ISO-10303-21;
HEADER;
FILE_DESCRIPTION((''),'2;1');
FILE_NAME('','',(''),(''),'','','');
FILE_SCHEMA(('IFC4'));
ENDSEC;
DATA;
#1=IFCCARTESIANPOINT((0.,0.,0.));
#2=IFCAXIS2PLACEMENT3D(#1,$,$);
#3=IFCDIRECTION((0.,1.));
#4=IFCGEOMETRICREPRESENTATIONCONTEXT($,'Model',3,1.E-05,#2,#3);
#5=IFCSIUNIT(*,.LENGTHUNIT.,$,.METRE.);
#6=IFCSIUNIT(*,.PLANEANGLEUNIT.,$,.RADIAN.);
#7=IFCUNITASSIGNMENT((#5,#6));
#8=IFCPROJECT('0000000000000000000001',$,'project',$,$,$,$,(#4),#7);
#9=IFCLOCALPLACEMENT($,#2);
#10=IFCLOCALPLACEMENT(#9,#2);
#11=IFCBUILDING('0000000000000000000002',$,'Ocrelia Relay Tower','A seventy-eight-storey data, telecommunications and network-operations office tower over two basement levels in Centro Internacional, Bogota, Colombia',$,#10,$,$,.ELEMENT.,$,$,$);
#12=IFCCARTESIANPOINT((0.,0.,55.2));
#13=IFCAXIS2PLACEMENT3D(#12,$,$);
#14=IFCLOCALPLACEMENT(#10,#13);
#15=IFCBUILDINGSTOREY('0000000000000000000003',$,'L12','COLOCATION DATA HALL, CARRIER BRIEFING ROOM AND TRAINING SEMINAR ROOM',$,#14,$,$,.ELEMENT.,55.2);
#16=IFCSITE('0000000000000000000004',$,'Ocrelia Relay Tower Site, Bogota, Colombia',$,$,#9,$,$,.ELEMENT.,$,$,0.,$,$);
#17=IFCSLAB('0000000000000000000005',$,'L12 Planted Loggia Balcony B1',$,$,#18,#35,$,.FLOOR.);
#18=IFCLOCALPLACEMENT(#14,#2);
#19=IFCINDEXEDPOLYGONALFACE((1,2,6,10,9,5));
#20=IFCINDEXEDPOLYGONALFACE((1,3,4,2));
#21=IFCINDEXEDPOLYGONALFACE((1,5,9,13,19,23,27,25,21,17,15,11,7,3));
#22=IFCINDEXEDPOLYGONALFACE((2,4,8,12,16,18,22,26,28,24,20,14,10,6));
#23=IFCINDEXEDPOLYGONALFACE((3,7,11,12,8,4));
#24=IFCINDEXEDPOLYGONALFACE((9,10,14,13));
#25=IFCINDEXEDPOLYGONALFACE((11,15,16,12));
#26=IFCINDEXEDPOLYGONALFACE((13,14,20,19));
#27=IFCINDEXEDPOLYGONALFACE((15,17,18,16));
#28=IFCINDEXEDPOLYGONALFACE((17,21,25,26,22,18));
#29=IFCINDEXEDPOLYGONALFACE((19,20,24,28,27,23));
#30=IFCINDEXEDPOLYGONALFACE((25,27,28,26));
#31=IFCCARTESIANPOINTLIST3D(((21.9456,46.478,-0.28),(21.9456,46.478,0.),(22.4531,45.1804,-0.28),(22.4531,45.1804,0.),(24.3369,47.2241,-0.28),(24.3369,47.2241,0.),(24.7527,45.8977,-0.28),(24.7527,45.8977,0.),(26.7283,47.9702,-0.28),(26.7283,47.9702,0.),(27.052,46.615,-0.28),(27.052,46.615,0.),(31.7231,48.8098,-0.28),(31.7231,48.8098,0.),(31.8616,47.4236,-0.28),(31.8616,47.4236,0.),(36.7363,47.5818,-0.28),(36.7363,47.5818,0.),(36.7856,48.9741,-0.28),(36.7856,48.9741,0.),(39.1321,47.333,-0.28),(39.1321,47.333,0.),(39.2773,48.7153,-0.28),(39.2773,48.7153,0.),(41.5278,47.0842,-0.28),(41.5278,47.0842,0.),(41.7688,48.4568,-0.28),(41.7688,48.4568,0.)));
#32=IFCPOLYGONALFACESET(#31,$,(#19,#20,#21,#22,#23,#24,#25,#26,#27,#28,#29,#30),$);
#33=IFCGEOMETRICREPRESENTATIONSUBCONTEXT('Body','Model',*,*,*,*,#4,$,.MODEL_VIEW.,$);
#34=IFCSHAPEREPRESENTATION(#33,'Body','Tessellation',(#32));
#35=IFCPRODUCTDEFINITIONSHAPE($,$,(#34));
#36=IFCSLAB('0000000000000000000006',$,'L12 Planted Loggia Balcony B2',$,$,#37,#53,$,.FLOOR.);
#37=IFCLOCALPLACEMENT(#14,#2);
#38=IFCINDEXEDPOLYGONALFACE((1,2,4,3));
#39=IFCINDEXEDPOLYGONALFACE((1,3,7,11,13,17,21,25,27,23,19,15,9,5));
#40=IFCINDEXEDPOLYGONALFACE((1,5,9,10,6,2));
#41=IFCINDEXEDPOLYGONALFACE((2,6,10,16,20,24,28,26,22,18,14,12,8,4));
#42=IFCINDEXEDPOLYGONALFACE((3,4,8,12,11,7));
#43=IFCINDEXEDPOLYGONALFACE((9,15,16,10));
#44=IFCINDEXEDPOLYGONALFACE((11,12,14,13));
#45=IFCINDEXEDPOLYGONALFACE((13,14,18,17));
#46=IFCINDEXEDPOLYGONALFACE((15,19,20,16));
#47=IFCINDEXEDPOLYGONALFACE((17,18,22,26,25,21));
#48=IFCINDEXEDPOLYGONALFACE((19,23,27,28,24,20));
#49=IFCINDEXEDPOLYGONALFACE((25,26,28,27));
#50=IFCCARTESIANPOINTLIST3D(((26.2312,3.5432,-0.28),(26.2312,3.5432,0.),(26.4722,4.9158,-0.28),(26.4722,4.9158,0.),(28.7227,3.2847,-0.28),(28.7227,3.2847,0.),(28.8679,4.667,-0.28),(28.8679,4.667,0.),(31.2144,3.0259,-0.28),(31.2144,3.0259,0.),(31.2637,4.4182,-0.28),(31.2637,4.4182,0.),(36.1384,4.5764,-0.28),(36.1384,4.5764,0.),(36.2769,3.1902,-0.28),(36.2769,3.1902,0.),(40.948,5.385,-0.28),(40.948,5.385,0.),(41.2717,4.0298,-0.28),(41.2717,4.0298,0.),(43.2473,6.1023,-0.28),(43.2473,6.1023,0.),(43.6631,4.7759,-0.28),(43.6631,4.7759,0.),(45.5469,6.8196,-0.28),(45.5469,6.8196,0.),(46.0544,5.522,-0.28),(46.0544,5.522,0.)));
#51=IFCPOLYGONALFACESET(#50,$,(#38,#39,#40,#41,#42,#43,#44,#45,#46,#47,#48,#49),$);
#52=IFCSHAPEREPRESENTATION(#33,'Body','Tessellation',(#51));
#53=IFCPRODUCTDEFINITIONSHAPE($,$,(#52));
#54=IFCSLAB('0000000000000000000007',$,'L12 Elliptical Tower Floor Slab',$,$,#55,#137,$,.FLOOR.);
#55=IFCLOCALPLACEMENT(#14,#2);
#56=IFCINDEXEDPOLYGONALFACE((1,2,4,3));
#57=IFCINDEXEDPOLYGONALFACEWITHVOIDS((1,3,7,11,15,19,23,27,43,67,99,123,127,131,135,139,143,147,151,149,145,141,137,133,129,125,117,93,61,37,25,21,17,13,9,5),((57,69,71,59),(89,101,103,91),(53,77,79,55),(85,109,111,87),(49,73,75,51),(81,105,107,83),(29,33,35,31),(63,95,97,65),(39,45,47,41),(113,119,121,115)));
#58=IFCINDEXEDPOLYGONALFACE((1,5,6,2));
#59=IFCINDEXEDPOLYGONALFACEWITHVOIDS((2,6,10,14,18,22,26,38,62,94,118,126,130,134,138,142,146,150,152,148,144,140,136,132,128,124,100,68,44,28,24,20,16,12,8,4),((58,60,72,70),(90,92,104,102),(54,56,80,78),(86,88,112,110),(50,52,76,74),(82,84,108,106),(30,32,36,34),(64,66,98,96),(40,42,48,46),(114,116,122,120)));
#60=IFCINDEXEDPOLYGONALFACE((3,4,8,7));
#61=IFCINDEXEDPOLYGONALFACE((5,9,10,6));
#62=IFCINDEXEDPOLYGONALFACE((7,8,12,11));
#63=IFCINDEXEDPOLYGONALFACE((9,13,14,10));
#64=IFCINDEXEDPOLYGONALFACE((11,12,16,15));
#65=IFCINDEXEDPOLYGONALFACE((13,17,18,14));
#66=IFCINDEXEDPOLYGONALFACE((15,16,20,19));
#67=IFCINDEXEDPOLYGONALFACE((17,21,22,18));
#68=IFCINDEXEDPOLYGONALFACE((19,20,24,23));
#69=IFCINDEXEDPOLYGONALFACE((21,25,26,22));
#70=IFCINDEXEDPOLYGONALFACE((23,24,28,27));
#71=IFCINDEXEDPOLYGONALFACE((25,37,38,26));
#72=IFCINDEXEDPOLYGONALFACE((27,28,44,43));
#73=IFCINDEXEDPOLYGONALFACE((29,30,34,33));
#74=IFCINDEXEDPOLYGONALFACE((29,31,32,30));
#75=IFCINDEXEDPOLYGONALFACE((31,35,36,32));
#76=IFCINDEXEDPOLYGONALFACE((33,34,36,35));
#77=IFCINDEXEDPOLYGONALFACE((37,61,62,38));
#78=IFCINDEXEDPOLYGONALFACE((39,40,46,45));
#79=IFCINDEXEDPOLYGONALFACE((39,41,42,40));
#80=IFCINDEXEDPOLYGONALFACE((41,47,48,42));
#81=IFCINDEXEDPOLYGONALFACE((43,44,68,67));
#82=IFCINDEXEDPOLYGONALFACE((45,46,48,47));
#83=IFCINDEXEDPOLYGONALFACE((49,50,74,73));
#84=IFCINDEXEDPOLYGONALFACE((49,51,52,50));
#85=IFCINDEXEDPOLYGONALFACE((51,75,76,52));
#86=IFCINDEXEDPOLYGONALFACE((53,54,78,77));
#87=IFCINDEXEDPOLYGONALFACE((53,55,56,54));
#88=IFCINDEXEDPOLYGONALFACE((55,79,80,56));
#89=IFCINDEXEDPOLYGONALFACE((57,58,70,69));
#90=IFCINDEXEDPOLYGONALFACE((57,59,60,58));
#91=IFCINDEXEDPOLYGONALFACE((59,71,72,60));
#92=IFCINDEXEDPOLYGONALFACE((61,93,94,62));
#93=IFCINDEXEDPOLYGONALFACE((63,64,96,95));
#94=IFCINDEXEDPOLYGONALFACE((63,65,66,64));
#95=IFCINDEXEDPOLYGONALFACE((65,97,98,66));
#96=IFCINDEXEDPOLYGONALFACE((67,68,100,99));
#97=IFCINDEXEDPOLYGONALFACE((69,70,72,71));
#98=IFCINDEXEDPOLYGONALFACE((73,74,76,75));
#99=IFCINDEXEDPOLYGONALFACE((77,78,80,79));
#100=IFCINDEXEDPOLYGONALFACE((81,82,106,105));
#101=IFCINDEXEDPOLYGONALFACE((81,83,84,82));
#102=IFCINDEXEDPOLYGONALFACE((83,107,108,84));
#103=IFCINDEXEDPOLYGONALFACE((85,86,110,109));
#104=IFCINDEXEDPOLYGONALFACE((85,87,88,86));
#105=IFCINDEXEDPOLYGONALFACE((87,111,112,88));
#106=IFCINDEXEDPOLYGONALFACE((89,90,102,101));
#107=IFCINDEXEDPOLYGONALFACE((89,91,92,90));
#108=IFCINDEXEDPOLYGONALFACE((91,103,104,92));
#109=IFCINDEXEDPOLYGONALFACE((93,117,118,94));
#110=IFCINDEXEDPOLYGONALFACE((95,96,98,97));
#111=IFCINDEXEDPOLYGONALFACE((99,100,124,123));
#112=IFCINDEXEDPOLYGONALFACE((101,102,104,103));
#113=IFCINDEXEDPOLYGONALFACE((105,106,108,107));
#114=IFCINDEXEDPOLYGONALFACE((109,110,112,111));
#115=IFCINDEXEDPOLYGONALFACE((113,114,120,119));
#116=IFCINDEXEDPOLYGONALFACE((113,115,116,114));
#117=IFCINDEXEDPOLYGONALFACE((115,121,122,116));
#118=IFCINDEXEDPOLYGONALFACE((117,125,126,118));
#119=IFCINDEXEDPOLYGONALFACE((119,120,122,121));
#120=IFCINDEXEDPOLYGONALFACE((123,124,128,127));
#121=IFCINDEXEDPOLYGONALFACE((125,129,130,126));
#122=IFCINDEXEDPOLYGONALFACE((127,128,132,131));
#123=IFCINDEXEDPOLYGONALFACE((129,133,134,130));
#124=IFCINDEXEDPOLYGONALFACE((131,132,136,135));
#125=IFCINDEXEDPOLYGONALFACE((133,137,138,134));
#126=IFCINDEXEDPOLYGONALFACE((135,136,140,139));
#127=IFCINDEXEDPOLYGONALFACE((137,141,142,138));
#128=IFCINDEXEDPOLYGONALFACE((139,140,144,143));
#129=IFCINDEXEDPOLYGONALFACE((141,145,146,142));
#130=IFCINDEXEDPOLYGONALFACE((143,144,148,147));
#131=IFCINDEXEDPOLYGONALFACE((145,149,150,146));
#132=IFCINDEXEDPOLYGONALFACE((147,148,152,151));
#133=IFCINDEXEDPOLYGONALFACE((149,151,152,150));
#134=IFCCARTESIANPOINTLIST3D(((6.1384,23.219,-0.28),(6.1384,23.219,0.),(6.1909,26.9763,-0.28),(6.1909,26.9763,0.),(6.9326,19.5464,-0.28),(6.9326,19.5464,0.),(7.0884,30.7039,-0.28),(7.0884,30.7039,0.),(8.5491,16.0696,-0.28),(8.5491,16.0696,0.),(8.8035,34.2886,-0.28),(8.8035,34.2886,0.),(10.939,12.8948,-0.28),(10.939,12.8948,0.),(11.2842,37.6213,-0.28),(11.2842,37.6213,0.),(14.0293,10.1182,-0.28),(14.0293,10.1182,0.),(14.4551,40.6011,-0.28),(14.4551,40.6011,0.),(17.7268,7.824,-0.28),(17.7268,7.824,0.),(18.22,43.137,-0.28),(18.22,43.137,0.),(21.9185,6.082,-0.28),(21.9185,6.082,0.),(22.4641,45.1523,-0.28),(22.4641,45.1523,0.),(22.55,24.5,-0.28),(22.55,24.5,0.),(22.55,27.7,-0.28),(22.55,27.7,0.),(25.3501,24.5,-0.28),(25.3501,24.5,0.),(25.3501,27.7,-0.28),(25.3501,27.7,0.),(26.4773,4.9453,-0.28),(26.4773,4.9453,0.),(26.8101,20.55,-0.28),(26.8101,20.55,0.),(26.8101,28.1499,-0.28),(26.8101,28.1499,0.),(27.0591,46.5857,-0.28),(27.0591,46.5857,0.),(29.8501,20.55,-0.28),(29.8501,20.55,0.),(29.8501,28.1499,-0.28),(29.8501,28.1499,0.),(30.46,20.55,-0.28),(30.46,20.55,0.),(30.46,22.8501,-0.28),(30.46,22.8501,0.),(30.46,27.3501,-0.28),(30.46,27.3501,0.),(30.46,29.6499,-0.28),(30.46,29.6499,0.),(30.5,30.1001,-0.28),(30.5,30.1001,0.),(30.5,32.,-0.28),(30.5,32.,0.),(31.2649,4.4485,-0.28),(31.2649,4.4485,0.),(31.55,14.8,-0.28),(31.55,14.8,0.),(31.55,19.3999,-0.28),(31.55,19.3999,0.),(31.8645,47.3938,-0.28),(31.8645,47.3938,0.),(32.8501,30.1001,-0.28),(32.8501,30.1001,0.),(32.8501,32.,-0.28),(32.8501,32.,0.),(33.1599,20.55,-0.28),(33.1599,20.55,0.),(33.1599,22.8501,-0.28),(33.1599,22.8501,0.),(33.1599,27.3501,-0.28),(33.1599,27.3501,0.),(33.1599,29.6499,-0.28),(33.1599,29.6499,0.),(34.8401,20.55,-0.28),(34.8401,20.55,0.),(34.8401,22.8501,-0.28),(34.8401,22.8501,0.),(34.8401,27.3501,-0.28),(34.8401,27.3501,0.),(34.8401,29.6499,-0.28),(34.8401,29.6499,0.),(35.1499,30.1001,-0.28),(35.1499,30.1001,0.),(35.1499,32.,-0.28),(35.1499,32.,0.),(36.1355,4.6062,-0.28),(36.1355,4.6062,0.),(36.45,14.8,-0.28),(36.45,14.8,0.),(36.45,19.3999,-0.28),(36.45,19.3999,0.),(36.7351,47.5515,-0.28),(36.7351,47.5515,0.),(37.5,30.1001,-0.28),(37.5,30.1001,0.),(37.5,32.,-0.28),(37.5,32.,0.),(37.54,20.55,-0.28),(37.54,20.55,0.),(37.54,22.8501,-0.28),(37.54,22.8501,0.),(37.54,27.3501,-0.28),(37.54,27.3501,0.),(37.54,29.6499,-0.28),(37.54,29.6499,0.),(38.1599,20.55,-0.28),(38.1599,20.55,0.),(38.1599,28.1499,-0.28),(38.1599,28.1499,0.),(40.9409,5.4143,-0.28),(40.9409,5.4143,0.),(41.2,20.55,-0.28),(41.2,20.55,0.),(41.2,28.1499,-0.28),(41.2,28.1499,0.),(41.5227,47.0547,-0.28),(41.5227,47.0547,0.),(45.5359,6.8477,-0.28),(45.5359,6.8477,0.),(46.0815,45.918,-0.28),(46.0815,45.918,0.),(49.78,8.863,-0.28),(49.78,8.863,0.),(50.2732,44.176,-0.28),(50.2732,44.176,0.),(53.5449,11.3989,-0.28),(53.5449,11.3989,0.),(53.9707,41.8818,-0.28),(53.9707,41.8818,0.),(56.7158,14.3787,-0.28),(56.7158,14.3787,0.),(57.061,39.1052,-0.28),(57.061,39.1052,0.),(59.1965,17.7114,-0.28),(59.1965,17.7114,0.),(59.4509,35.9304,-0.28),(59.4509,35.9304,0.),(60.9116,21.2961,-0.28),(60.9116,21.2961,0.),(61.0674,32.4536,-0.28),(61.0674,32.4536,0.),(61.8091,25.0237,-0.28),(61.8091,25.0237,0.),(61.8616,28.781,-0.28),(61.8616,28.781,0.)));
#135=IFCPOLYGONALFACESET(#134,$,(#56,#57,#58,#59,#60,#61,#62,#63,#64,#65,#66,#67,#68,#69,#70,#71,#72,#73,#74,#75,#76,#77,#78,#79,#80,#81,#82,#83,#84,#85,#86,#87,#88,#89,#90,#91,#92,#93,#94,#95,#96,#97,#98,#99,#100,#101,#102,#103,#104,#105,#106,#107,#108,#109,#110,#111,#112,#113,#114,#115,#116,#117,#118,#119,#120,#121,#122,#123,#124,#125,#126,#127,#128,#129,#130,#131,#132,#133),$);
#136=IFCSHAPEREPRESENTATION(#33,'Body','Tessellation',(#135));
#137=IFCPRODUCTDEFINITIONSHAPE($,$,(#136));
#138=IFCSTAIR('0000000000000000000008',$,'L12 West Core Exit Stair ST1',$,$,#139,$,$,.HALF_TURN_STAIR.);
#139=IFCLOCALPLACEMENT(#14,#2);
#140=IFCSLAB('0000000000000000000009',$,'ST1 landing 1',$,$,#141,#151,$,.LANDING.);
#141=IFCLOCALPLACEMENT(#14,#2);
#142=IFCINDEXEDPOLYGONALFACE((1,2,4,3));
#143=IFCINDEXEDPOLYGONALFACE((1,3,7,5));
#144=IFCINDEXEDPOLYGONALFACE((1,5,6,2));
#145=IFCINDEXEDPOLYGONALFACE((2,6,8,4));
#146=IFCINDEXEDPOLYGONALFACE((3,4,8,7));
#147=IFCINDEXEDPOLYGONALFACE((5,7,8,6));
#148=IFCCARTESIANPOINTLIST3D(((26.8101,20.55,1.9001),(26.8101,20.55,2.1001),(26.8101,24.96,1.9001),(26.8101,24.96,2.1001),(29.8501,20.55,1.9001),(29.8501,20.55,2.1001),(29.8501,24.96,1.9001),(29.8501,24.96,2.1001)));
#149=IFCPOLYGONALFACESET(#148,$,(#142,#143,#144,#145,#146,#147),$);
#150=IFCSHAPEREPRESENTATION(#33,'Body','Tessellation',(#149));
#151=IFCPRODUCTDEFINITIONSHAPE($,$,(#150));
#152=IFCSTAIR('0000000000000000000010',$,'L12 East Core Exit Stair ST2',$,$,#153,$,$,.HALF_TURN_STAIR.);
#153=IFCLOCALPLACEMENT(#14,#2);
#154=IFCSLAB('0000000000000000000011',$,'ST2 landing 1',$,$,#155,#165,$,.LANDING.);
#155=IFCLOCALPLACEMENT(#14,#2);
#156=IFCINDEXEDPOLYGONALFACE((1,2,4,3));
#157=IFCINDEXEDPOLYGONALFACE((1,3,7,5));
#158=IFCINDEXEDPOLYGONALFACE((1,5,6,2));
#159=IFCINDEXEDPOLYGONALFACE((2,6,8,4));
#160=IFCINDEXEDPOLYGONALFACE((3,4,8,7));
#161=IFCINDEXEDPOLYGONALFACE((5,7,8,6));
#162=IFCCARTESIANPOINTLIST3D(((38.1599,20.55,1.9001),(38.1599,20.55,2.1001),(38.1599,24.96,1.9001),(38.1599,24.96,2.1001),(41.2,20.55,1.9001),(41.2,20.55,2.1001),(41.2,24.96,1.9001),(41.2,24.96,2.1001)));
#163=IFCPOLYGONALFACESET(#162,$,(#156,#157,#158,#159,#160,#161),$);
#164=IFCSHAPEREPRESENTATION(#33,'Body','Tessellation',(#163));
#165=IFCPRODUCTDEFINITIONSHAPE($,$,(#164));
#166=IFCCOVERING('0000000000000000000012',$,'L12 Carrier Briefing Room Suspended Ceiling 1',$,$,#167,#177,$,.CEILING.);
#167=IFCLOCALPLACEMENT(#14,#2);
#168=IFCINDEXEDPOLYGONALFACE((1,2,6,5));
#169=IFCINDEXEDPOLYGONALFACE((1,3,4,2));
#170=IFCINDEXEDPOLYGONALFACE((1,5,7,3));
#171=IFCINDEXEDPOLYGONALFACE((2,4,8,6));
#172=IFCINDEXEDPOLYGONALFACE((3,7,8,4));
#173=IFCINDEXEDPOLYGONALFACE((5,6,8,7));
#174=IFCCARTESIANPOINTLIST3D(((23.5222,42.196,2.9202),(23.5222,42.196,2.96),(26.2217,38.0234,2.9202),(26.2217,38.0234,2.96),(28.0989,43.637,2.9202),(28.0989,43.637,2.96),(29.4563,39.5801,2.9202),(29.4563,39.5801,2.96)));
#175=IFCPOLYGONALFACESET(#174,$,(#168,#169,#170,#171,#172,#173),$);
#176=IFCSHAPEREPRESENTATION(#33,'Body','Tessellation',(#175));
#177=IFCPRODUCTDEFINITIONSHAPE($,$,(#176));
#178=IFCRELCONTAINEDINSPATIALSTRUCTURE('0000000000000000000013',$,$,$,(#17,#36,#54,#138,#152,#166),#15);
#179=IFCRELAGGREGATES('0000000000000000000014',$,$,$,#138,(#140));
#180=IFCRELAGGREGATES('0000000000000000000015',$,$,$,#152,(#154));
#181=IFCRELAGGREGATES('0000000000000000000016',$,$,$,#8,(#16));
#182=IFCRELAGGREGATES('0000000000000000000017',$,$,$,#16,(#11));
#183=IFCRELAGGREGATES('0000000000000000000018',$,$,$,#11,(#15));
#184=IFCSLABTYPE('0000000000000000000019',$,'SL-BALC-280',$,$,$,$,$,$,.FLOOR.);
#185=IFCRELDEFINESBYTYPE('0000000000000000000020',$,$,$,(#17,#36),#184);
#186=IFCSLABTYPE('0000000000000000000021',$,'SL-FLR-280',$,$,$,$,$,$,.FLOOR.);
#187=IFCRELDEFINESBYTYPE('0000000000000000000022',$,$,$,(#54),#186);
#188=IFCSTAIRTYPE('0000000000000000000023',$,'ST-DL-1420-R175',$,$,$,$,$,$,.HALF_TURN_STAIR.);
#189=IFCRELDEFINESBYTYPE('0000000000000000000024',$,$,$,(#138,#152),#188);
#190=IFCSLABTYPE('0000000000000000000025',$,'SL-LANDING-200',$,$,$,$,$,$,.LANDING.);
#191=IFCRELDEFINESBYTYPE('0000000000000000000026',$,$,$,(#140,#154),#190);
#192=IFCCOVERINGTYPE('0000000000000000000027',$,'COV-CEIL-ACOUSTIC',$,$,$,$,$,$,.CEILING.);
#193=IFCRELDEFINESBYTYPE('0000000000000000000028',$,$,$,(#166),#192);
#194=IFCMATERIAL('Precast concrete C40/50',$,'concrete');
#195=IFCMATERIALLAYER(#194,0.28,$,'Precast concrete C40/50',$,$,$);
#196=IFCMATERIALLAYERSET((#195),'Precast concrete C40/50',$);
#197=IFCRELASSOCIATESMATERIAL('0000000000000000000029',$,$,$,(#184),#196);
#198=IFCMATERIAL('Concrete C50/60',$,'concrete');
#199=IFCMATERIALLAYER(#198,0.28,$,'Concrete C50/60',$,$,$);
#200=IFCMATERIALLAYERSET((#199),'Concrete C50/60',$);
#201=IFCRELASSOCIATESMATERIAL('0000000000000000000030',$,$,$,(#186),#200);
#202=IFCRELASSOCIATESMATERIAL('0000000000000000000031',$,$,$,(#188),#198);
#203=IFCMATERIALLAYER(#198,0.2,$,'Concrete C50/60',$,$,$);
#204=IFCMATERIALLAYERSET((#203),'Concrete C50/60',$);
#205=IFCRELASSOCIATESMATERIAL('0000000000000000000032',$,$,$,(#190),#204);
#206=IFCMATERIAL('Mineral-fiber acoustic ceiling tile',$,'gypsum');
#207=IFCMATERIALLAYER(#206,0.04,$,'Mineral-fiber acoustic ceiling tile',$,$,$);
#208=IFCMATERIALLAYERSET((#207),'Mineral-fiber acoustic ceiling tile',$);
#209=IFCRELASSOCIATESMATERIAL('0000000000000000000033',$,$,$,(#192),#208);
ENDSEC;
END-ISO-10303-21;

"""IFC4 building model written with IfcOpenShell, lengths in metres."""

from ifc_helpers import new_model, si_unit, direction, frame, origin, place, context, subcontext, project, spatial, polyline, outline, extrude, material, layer, layer_set, type_object, element, aggregate, save


model = new_model("IFC4")

# Units and contexts
model_context = context("Model", 3, precision=1e-05, world=origin(), true_north=direction((0.0, 1.0)))
body_context = subcontext(model_context, "Body", "Model", "MODEL_VIEW")
ifc_project = project(units=[si_unit("LENGTHUNIT", "METRE"), si_unit("PLANEANGLEUNIT", "RADIAN")], contexts=[model_context])

# Site, building, storey
site_placement = place(None, origin())
site = spatial("IfcSite", under=ifc_project, at=site_placement, Name="Ocrelia Relay Tower Site, Bogota, Colombia", CompositionType="ELEMENT", RefElevation=0.0)
building_placement = place(site_placement, origin())
building = spatial("IfcBuilding", under=site, at=building_placement, Name="Ocrelia Relay Tower", Description="A seventy-eight-storey data, telecommunications and network-operations office tower over two basement levels in Centro Internacional, Bogota, Colombia", CompositionType="ELEMENT")
storey_placement = place(building_placement, frame((0.0, 0.0, 55.2)))
storey = spatial("IfcBuildingStorey", under=building, at=storey_placement, Name="L12", Description="COLOCATION DATA HALL, CARRIER BRIEFING ROOM AND TRAINING SEMINAR ROOM", CompositionType="ELEMENT", Elevation=55.2)

# Slabs
ifc_material_1 = material(Name="Precast concrete C40/50", Category="concrete")
ifc_layer_1 = layer(ifc_material_1, 0.28, Name="Precast concrete C40/50")
ifc_layer_set_1 = layer_set([ifc_layer_1], Name="Precast concrete C40/50")
slab_type_1 = type_object("IfcSlabType", Name="SL-BALC-280", PredefinedType="FLOOR", material=ifc_layer_set_1)
slab_1_placement = place(storey_placement, frame((0.0, 0.0, -0.28)))
element("IfcSlab", 1, at=slab_1_placement, inside=storey, type_object=slab_type_1, Name="L12 Planted Loggia Balcony B1", PredefinedType="FLOOR", context=body_context, shape_type="SweptSolid", body=[
    extrude(outline(polyline([(41.5278, 47.0842), (39.1321, 47.333), (36.7363, 47.5818), (31.8616, 47.4236), (27.052, 46.615), (24.7527, 45.8977), (22.4531, 45.1804), (21.9456, 46.478), (24.3369, 47.2241), (26.7283, 47.9702), (31.7231, 48.8098), (36.7856, 48.9741), (39.2773, 48.7153), (41.7688, 48.4568), (41.5278, 47.0842)])), origin(), (0.0, 0.0, 1.0), 0.28),
])
slab_2_placement = place(storey_placement, frame((0.0, 0.0, -0.28)))
element("IfcSlab", 2, at=slab_2_placement, inside=storey, type_object=slab_type_1, Name="L12 Planted Loggia Balcony B2", PredefinedType="FLOOR", context=body_context, shape_type="SweptSolid", body=[
    extrude(outline(polyline([(26.4722, 4.9158), (28.8679, 4.667), (31.2637, 4.4182), (36.1384, 4.5764), (40.948, 5.385), (43.2473, 6.1023), (45.5469, 6.8196), (46.0544, 5.522), (43.6631, 4.7759), (41.2717, 4.0298), (36.2769, 3.1902), (31.2144, 3.0259), (28.7227, 3.2847), (26.2312, 3.5432), (26.4722, 4.9158)])), origin(), (0.0, 0.0, 1.0), 0.28),
])
ifc_material_2 = material(Name="Concrete C50/60", Category="concrete")
ifc_layer_2 = layer(ifc_material_2, 0.28, Name="Concrete C50/60")
ifc_layer_set_2 = layer_set([ifc_layer_2], Name="Concrete C50/60")
slab_type_2 = type_object("IfcSlabType", Name="SL-FLR-280", PredefinedType="FLOOR", material=ifc_layer_set_2)
slab_3_placement = place(storey_placement, frame((0.0, 0.0, -0.28)))
element("IfcSlab", 3, at=slab_3_placement, inside=storey, type_object=slab_type_2, Name="L12 Elliptical Tower Floor Slab", PredefinedType="FLOOR", context=body_context, shape_type="SweptSolid", body=[
    extrude(outline(polyline([(61.8616, 28.781), (61.0674, 32.4536), (59.4509, 35.9304), (57.061, 39.1052), (53.9707, 41.8818), (50.2732, 44.176), (46.0815, 45.918), (41.5227, 47.0547), (36.7351, 47.5515), (31.8645, 47.3938), (27.0591, 46.5857), (22.4641, 45.1523), (18.22, 43.137), (14.4551, 40.6011), (11.2842, 37.6213), (8.8035, 34.2886), (7.0884, 30.7039), (6.1909, 26.9763), (6.1384, 23.219), (6.9326, 19.5464), (8.5491, 16.0696), (10.939, 12.8948), (14.0293, 10.1182), (17.7268, 7.824), (21.9185, 6.082), (26.4773, 4.9453), (31.2649, 4.4485), (36.1355, 4.6062), (40.9409, 5.4143), (45.5359, 6.8477), (49.78, 8.863), (53.5449, 11.3989), (56.7158, 14.3787), (59.1965, 17.7114), (60.9116, 21.2961), (61.8091, 25.0237), (61.8616, 28.781)]), holes=[polyline([(26.8101, 28.1499), (26.8101, 20.55), (29.8501, 20.55), (29.8501, 28.1499), (26.8101, 28.1499)]), polyline([(38.1599, 28.1499), (38.1599, 20.55), (41.2, 20.55), (41.2, 28.1499), (38.1599, 28.1499)]), polyline([(30.46, 20.55), (33.1599, 20.55), (33.1599, 22.8501), (30.46, 22.8501), (30.46, 20.55)]), polyline([(34.8401, 20.55), (37.54, 20.55), (37.54, 22.8501), (34.8401, 22.8501), (34.8401, 20.55)]), polyline([(30.46, 27.3501), (33.1599, 27.3501), (33.1599, 29.6499), (30.46, 29.6499), (30.46, 27.3501)]), polyline([(34.8401, 27.3501), (37.54, 27.3501), (37.54, 29.6499), (34.8401, 29.6499), (34.8401, 27.3501)]), polyline([(30.5, 30.1001), (32.8501, 30.1001), (32.8501, 32.0), (30.5, 32.0), (30.5, 30.1001)]), polyline([(35.1499, 30.1001), (37.5, 30.1001), (37.5, 32.0), (35.1499, 32.0), (35.1499, 30.1001)]), polyline([(22.55, 24.5), (25.3501, 24.5), (25.3501, 27.7), (22.55, 27.7), (22.55, 24.5)]), polyline([(31.55, 14.8), (36.45, 14.8), (36.45, 19.3999), (31.55, 19.3999), (31.55, 14.8)])]), origin(), (0.0, 0.0, 1.0), 0.28),
])

# Stairs, slabs
stair_type = type_object("IfcStairType", Name="ST-DL-1420-R175", PredefinedType="HALF_TURN_STAIR", material=ifc_material_2)
stair_1_placement = place(storey_placement, origin())
stair_1 = element("IfcStair", 4, at=stair_1_placement, inside=storey, type_object=stair_type, Name="L12 West Core Exit Stair ST1", PredefinedType="HALF_TURN_STAIR")
ifc_layer_3 = layer(ifc_material_2, 0.2, Name="Concrete C50/60")
ifc_layer_set_3 = layer_set([ifc_layer_3], Name="Concrete C50/60")
slab_type_3 = type_object("IfcSlabType", Name="SL-LANDING-200", PredefinedType="LANDING", material=ifc_layer_set_3)
slab_4_placement = place(storey_placement, frame((0.0, 0.0, 1.9001)))
slab_4 = element("IfcSlab", 5, at=slab_4_placement, type_object=slab_type_3, Name="ST1 landing 1", PredefinedType="LANDING", context=body_context, shape_type="SweptSolid", body=[
    extrude(outline(polyline([(26.8101, 24.96), (26.8101, 20.55), (29.8501, 20.55), (29.8501, 24.96), (26.8101, 24.96)])), origin(), (0.0, 0.0, 1.0), 0.2),
])
aggregate(stair_1, [slab_4])
stair_2_placement = place(storey_placement, origin())
stair_2 = element("IfcStair", 6, at=stair_2_placement, inside=storey, type_object=stair_type, Name="L12 East Core Exit Stair ST2", PredefinedType="HALF_TURN_STAIR")
slab_5_placement = place(storey_placement, frame((0.0, 0.0, 1.9001)))
slab_5 = element("IfcSlab", 7, at=slab_5_placement, type_object=slab_type_3, Name="ST2 landing 1", PredefinedType="LANDING", context=body_context, shape_type="SweptSolid", body=[
    extrude(outline(polyline([(38.1599, 24.96), (38.1599, 20.55), (41.2, 20.55), (41.2, 24.96), (38.1599, 24.96)])), origin(), (0.0, 0.0, 1.0), 0.2),
])
aggregate(stair_2, [slab_5])

# Covering
ifc_material_3 = material(Name="Mineral-fiber acoustic ceiling tile", Category="gypsum")
ifc_layer_4 = layer(ifc_material_3, 0.04, Name="Mineral-fiber acoustic ceiling tile")
ifc_layer_set_4 = layer_set([ifc_layer_4], Name="Mineral-fiber acoustic ceiling tile")
covering_type_1 = type_object("IfcCoveringType", Name="COV-CEIL-ACOUSTIC", PredefinedType="CEILING", material=ifc_layer_set_4)
covering_1_placement = place(storey_placement, frame((0.0, 0.0, 2.9202)))
element("IfcCovering", 8, at=covering_1_placement, inside=storey, type_object=covering_type_1, Name="L12 Carrier Briefing Room Suspended Ceiling 1", PredefinedType="CEILING", context=body_context, shape_type="SweptSolid", body=[
    extrude(outline(polyline([(29.4563, 39.5801), (28.0989, 43.637), (23.5222, 42.196), (26.2217, 38.0234), (29.4563, 39.5801)])), origin(), (0.0, 0.0, 1.0), 0.0398),
])

save(model, "model.ifc")
